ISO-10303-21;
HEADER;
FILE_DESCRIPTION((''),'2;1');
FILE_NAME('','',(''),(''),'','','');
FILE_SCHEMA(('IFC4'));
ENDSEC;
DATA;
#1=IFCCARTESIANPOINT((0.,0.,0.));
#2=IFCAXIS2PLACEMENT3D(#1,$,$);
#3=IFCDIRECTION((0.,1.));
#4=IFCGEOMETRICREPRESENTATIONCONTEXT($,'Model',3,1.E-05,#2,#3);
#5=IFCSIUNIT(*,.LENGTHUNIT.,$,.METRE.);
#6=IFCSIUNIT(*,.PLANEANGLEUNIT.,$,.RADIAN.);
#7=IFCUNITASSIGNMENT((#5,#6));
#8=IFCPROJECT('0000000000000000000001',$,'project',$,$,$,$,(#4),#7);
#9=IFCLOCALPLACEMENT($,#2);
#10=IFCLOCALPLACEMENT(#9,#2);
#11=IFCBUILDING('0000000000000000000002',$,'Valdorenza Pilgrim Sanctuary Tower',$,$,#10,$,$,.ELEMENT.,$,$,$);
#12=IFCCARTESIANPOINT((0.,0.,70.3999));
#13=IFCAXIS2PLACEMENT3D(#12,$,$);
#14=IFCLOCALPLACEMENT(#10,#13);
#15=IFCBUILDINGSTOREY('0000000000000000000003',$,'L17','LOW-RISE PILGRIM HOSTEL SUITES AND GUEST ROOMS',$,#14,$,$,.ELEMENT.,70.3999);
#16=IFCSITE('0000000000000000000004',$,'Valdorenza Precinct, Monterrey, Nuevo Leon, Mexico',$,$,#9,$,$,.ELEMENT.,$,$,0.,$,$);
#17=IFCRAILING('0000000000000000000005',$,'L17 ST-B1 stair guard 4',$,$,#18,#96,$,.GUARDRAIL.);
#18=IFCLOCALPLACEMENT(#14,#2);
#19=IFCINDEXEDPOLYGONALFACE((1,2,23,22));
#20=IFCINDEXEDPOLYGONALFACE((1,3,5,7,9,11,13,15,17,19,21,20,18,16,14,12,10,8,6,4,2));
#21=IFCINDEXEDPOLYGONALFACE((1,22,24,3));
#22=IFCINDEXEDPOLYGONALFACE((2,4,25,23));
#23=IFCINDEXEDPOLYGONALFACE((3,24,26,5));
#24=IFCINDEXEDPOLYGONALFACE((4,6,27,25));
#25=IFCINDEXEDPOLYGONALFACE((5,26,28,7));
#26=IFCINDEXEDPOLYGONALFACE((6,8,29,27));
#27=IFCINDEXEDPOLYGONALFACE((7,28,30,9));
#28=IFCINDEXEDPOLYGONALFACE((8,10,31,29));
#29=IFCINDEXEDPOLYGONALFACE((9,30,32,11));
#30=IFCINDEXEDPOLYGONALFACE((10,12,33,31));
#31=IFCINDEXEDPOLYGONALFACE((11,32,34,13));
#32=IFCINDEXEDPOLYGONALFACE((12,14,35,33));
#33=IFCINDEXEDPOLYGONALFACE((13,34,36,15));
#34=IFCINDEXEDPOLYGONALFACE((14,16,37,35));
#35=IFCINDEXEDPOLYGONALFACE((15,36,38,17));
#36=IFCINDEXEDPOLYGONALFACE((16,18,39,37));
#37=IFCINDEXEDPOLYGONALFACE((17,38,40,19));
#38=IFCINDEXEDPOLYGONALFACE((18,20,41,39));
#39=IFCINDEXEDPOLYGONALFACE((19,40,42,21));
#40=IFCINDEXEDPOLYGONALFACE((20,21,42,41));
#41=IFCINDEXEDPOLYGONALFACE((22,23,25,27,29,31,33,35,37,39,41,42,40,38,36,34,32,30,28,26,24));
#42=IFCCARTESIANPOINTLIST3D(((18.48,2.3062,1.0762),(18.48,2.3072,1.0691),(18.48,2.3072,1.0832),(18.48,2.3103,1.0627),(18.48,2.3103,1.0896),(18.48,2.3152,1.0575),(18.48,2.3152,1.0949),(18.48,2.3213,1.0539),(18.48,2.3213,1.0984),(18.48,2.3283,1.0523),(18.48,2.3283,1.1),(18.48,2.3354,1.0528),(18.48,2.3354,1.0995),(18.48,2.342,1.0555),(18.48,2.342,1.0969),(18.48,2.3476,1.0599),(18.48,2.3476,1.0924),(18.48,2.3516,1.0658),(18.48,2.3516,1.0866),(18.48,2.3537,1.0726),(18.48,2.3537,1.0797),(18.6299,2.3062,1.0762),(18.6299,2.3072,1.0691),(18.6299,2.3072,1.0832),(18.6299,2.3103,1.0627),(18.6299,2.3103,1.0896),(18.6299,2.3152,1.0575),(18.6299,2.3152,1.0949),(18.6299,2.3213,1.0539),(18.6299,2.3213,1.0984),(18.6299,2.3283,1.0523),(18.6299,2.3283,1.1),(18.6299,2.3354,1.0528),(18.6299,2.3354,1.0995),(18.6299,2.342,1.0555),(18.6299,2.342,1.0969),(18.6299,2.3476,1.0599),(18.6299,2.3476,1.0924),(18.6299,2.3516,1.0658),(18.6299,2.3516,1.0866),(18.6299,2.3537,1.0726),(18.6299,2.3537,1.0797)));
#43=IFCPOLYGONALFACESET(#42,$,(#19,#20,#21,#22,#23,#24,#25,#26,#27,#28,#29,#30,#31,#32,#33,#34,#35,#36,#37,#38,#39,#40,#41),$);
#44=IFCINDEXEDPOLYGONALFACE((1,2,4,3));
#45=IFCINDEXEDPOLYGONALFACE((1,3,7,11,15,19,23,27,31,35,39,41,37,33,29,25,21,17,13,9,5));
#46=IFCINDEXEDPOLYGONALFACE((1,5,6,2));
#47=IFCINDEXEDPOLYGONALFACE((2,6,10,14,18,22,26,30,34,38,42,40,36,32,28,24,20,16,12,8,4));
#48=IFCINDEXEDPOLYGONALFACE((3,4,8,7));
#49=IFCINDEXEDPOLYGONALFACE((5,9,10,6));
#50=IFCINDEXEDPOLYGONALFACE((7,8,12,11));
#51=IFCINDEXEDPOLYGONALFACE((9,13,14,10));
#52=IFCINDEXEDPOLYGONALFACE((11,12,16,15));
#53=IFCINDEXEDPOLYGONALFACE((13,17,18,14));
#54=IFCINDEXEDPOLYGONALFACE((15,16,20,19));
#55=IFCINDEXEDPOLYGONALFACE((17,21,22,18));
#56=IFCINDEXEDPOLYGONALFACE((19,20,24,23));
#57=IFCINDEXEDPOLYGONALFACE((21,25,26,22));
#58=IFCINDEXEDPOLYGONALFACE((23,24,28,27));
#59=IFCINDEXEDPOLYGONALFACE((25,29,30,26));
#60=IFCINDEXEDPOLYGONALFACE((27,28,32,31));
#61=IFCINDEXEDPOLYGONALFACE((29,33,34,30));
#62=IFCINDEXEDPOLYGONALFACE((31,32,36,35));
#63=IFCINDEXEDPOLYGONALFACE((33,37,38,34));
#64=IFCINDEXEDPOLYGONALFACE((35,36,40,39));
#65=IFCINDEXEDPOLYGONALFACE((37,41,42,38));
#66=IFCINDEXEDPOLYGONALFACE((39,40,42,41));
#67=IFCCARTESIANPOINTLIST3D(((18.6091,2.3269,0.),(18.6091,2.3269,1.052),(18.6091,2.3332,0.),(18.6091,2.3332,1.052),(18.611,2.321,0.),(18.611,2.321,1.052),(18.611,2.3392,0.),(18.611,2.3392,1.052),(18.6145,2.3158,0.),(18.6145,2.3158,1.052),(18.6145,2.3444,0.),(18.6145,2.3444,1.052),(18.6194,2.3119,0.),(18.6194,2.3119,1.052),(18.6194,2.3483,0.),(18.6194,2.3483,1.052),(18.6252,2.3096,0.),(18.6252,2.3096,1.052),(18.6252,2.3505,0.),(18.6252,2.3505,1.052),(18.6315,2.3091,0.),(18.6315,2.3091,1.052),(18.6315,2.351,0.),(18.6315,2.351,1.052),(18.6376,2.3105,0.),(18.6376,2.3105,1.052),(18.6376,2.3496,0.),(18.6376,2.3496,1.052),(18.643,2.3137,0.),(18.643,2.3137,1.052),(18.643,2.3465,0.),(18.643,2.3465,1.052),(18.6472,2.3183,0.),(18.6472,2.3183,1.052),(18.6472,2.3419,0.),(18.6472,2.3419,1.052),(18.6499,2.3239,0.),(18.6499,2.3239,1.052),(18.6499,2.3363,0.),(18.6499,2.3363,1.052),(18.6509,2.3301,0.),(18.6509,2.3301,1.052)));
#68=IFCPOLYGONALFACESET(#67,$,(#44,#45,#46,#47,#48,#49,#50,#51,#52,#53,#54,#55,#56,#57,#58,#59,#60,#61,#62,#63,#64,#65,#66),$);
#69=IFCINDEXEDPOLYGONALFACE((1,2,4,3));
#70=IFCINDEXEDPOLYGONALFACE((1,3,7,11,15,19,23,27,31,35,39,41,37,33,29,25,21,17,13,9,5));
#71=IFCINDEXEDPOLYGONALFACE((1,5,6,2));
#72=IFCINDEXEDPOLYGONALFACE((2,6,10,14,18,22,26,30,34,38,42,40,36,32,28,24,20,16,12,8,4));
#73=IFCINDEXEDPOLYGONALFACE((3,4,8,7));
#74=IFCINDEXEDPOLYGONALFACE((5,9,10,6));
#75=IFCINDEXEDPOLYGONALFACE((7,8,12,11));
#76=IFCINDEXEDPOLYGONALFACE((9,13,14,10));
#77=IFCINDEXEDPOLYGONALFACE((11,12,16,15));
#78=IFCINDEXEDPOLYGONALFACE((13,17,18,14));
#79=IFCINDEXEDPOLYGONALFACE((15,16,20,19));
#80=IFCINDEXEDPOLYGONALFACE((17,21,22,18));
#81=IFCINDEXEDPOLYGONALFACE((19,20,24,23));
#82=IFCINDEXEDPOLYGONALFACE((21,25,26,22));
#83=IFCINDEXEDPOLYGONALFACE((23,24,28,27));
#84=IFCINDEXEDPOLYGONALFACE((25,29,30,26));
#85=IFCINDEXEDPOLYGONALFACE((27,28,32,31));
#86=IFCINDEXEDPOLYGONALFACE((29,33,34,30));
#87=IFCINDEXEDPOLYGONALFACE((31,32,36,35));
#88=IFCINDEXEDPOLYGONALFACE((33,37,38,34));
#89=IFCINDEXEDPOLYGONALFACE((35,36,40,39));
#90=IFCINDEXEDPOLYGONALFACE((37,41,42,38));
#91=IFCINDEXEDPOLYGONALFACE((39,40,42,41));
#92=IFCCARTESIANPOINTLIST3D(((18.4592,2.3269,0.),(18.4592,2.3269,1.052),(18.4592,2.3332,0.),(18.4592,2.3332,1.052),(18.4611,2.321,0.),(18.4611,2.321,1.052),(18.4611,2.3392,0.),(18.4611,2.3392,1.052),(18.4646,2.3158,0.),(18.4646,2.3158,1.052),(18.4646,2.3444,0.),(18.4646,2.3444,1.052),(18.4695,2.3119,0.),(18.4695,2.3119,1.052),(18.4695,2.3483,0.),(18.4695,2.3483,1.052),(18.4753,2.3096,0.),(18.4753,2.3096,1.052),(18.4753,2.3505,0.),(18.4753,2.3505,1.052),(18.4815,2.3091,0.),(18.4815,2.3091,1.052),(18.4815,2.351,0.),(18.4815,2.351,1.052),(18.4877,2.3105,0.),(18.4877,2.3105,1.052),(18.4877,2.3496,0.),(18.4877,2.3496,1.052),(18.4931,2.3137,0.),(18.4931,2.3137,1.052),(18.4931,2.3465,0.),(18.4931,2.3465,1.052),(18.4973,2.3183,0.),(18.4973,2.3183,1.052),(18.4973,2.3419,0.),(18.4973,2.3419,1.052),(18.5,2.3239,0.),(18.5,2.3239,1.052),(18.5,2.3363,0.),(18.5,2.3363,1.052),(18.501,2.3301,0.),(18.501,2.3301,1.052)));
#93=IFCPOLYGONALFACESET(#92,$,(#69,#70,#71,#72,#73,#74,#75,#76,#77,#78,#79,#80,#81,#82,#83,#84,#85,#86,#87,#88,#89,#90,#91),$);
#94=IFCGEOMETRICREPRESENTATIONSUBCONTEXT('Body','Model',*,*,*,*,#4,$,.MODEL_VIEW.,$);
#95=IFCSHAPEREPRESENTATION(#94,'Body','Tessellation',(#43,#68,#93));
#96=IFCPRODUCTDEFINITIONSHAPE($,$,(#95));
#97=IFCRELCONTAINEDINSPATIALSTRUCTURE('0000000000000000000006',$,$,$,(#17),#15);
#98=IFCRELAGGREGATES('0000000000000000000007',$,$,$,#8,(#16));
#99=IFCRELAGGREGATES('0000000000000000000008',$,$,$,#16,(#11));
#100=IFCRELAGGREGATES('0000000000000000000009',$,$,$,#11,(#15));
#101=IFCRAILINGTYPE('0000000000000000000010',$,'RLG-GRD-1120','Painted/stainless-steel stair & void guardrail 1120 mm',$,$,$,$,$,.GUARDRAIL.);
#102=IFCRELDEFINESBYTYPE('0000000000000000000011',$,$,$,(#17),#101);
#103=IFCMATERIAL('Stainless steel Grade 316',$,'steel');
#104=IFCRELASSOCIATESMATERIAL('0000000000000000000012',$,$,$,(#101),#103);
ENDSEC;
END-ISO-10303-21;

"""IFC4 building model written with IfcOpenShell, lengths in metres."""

from ifc_helpers import new_model, si_unit, direction, frame, origin, origin_2d, place, context, subcontext, project, spatial, circle, extrude, material, type_object, element, save


model = new_model("IFC4")

# Units and contexts
model_context = context("Model", 3, precision=1e-05, world=origin(), true_north=direction((0.0, 1.0)))
body_context = subcontext(model_context, "Body", "Model", "MODEL_VIEW")
ifc_project = project(units=[si_unit("LENGTHUNIT", "METRE"), si_unit("PLANEANGLEUNIT", "RADIAN")], contexts=[model_context])

# Site, building, storey
site_placement = place(None, origin())
site = spatial("IfcSite", under=ifc_project, at=site_placement, Name="Valdorenza Precinct, Monterrey, Nuevo Leon, Mexico", CompositionType="ELEMENT", RefElevation=0.0)
building_placement = place(site_placement, origin())
building = spatial("IfcBuilding", under=site, at=building_placement, Name="Valdorenza Pilgrim Sanctuary Tower", CompositionType="ELEMENT")
storey_placement = place(building_placement, frame((0.0, 0.0, 70.3999)))
storey = spatial("IfcBuildingStorey", under=building, at=storey_placement, Name="L17", Description="LOW-RISE PILGRIM HOSTEL SUITES AND GUEST ROOMS", CompositionType="ELEMENT", Elevation=70.3999)

# Railing
ifc_material_1 = material(Name="Stainless steel Grade 316", Category="steel")
railing_type_1 = type_object("IfcRailingType", Name="RLG-GRD-1120", Description="Painted/stainless-steel stair & void guardrail 1120 mm", PredefinedType="GUARDRAIL", material=ifc_material_1)
railing_1_placement = place(storey_placement, frame((18.6299, 2.3301, 0.0)))
element("IfcRailing", 1, at=railing_1_placement, inside=storey, type_object=railing_type_1, Name="L17 ST-B1 stair guard 4", PredefinedType="GUARDRAIL", context=body_context, shape_type="SweptSolid", body=[
    extrude(circle(Radius=0.0239, at=origin_2d()), frame((0.0, 0.0, 1.0762), z_axis=(-1.0, 0.0, 0.0), x_axis=(0.0, -1.0, 0.0)), (0.0, 0.0, 1.0), 0.1499),
    extrude(circle(Radius=0.021, at=origin_2d()), origin(), (0.0, 0.0, 1.0), 1.052),
    extrude(circle(Radius=0.021, at=origin_2d()), frame((-0.1499, 0.0, 0.0)), (0.0, 0.0, 1.0), 1.052),
])

save(model, "model.ifc")
